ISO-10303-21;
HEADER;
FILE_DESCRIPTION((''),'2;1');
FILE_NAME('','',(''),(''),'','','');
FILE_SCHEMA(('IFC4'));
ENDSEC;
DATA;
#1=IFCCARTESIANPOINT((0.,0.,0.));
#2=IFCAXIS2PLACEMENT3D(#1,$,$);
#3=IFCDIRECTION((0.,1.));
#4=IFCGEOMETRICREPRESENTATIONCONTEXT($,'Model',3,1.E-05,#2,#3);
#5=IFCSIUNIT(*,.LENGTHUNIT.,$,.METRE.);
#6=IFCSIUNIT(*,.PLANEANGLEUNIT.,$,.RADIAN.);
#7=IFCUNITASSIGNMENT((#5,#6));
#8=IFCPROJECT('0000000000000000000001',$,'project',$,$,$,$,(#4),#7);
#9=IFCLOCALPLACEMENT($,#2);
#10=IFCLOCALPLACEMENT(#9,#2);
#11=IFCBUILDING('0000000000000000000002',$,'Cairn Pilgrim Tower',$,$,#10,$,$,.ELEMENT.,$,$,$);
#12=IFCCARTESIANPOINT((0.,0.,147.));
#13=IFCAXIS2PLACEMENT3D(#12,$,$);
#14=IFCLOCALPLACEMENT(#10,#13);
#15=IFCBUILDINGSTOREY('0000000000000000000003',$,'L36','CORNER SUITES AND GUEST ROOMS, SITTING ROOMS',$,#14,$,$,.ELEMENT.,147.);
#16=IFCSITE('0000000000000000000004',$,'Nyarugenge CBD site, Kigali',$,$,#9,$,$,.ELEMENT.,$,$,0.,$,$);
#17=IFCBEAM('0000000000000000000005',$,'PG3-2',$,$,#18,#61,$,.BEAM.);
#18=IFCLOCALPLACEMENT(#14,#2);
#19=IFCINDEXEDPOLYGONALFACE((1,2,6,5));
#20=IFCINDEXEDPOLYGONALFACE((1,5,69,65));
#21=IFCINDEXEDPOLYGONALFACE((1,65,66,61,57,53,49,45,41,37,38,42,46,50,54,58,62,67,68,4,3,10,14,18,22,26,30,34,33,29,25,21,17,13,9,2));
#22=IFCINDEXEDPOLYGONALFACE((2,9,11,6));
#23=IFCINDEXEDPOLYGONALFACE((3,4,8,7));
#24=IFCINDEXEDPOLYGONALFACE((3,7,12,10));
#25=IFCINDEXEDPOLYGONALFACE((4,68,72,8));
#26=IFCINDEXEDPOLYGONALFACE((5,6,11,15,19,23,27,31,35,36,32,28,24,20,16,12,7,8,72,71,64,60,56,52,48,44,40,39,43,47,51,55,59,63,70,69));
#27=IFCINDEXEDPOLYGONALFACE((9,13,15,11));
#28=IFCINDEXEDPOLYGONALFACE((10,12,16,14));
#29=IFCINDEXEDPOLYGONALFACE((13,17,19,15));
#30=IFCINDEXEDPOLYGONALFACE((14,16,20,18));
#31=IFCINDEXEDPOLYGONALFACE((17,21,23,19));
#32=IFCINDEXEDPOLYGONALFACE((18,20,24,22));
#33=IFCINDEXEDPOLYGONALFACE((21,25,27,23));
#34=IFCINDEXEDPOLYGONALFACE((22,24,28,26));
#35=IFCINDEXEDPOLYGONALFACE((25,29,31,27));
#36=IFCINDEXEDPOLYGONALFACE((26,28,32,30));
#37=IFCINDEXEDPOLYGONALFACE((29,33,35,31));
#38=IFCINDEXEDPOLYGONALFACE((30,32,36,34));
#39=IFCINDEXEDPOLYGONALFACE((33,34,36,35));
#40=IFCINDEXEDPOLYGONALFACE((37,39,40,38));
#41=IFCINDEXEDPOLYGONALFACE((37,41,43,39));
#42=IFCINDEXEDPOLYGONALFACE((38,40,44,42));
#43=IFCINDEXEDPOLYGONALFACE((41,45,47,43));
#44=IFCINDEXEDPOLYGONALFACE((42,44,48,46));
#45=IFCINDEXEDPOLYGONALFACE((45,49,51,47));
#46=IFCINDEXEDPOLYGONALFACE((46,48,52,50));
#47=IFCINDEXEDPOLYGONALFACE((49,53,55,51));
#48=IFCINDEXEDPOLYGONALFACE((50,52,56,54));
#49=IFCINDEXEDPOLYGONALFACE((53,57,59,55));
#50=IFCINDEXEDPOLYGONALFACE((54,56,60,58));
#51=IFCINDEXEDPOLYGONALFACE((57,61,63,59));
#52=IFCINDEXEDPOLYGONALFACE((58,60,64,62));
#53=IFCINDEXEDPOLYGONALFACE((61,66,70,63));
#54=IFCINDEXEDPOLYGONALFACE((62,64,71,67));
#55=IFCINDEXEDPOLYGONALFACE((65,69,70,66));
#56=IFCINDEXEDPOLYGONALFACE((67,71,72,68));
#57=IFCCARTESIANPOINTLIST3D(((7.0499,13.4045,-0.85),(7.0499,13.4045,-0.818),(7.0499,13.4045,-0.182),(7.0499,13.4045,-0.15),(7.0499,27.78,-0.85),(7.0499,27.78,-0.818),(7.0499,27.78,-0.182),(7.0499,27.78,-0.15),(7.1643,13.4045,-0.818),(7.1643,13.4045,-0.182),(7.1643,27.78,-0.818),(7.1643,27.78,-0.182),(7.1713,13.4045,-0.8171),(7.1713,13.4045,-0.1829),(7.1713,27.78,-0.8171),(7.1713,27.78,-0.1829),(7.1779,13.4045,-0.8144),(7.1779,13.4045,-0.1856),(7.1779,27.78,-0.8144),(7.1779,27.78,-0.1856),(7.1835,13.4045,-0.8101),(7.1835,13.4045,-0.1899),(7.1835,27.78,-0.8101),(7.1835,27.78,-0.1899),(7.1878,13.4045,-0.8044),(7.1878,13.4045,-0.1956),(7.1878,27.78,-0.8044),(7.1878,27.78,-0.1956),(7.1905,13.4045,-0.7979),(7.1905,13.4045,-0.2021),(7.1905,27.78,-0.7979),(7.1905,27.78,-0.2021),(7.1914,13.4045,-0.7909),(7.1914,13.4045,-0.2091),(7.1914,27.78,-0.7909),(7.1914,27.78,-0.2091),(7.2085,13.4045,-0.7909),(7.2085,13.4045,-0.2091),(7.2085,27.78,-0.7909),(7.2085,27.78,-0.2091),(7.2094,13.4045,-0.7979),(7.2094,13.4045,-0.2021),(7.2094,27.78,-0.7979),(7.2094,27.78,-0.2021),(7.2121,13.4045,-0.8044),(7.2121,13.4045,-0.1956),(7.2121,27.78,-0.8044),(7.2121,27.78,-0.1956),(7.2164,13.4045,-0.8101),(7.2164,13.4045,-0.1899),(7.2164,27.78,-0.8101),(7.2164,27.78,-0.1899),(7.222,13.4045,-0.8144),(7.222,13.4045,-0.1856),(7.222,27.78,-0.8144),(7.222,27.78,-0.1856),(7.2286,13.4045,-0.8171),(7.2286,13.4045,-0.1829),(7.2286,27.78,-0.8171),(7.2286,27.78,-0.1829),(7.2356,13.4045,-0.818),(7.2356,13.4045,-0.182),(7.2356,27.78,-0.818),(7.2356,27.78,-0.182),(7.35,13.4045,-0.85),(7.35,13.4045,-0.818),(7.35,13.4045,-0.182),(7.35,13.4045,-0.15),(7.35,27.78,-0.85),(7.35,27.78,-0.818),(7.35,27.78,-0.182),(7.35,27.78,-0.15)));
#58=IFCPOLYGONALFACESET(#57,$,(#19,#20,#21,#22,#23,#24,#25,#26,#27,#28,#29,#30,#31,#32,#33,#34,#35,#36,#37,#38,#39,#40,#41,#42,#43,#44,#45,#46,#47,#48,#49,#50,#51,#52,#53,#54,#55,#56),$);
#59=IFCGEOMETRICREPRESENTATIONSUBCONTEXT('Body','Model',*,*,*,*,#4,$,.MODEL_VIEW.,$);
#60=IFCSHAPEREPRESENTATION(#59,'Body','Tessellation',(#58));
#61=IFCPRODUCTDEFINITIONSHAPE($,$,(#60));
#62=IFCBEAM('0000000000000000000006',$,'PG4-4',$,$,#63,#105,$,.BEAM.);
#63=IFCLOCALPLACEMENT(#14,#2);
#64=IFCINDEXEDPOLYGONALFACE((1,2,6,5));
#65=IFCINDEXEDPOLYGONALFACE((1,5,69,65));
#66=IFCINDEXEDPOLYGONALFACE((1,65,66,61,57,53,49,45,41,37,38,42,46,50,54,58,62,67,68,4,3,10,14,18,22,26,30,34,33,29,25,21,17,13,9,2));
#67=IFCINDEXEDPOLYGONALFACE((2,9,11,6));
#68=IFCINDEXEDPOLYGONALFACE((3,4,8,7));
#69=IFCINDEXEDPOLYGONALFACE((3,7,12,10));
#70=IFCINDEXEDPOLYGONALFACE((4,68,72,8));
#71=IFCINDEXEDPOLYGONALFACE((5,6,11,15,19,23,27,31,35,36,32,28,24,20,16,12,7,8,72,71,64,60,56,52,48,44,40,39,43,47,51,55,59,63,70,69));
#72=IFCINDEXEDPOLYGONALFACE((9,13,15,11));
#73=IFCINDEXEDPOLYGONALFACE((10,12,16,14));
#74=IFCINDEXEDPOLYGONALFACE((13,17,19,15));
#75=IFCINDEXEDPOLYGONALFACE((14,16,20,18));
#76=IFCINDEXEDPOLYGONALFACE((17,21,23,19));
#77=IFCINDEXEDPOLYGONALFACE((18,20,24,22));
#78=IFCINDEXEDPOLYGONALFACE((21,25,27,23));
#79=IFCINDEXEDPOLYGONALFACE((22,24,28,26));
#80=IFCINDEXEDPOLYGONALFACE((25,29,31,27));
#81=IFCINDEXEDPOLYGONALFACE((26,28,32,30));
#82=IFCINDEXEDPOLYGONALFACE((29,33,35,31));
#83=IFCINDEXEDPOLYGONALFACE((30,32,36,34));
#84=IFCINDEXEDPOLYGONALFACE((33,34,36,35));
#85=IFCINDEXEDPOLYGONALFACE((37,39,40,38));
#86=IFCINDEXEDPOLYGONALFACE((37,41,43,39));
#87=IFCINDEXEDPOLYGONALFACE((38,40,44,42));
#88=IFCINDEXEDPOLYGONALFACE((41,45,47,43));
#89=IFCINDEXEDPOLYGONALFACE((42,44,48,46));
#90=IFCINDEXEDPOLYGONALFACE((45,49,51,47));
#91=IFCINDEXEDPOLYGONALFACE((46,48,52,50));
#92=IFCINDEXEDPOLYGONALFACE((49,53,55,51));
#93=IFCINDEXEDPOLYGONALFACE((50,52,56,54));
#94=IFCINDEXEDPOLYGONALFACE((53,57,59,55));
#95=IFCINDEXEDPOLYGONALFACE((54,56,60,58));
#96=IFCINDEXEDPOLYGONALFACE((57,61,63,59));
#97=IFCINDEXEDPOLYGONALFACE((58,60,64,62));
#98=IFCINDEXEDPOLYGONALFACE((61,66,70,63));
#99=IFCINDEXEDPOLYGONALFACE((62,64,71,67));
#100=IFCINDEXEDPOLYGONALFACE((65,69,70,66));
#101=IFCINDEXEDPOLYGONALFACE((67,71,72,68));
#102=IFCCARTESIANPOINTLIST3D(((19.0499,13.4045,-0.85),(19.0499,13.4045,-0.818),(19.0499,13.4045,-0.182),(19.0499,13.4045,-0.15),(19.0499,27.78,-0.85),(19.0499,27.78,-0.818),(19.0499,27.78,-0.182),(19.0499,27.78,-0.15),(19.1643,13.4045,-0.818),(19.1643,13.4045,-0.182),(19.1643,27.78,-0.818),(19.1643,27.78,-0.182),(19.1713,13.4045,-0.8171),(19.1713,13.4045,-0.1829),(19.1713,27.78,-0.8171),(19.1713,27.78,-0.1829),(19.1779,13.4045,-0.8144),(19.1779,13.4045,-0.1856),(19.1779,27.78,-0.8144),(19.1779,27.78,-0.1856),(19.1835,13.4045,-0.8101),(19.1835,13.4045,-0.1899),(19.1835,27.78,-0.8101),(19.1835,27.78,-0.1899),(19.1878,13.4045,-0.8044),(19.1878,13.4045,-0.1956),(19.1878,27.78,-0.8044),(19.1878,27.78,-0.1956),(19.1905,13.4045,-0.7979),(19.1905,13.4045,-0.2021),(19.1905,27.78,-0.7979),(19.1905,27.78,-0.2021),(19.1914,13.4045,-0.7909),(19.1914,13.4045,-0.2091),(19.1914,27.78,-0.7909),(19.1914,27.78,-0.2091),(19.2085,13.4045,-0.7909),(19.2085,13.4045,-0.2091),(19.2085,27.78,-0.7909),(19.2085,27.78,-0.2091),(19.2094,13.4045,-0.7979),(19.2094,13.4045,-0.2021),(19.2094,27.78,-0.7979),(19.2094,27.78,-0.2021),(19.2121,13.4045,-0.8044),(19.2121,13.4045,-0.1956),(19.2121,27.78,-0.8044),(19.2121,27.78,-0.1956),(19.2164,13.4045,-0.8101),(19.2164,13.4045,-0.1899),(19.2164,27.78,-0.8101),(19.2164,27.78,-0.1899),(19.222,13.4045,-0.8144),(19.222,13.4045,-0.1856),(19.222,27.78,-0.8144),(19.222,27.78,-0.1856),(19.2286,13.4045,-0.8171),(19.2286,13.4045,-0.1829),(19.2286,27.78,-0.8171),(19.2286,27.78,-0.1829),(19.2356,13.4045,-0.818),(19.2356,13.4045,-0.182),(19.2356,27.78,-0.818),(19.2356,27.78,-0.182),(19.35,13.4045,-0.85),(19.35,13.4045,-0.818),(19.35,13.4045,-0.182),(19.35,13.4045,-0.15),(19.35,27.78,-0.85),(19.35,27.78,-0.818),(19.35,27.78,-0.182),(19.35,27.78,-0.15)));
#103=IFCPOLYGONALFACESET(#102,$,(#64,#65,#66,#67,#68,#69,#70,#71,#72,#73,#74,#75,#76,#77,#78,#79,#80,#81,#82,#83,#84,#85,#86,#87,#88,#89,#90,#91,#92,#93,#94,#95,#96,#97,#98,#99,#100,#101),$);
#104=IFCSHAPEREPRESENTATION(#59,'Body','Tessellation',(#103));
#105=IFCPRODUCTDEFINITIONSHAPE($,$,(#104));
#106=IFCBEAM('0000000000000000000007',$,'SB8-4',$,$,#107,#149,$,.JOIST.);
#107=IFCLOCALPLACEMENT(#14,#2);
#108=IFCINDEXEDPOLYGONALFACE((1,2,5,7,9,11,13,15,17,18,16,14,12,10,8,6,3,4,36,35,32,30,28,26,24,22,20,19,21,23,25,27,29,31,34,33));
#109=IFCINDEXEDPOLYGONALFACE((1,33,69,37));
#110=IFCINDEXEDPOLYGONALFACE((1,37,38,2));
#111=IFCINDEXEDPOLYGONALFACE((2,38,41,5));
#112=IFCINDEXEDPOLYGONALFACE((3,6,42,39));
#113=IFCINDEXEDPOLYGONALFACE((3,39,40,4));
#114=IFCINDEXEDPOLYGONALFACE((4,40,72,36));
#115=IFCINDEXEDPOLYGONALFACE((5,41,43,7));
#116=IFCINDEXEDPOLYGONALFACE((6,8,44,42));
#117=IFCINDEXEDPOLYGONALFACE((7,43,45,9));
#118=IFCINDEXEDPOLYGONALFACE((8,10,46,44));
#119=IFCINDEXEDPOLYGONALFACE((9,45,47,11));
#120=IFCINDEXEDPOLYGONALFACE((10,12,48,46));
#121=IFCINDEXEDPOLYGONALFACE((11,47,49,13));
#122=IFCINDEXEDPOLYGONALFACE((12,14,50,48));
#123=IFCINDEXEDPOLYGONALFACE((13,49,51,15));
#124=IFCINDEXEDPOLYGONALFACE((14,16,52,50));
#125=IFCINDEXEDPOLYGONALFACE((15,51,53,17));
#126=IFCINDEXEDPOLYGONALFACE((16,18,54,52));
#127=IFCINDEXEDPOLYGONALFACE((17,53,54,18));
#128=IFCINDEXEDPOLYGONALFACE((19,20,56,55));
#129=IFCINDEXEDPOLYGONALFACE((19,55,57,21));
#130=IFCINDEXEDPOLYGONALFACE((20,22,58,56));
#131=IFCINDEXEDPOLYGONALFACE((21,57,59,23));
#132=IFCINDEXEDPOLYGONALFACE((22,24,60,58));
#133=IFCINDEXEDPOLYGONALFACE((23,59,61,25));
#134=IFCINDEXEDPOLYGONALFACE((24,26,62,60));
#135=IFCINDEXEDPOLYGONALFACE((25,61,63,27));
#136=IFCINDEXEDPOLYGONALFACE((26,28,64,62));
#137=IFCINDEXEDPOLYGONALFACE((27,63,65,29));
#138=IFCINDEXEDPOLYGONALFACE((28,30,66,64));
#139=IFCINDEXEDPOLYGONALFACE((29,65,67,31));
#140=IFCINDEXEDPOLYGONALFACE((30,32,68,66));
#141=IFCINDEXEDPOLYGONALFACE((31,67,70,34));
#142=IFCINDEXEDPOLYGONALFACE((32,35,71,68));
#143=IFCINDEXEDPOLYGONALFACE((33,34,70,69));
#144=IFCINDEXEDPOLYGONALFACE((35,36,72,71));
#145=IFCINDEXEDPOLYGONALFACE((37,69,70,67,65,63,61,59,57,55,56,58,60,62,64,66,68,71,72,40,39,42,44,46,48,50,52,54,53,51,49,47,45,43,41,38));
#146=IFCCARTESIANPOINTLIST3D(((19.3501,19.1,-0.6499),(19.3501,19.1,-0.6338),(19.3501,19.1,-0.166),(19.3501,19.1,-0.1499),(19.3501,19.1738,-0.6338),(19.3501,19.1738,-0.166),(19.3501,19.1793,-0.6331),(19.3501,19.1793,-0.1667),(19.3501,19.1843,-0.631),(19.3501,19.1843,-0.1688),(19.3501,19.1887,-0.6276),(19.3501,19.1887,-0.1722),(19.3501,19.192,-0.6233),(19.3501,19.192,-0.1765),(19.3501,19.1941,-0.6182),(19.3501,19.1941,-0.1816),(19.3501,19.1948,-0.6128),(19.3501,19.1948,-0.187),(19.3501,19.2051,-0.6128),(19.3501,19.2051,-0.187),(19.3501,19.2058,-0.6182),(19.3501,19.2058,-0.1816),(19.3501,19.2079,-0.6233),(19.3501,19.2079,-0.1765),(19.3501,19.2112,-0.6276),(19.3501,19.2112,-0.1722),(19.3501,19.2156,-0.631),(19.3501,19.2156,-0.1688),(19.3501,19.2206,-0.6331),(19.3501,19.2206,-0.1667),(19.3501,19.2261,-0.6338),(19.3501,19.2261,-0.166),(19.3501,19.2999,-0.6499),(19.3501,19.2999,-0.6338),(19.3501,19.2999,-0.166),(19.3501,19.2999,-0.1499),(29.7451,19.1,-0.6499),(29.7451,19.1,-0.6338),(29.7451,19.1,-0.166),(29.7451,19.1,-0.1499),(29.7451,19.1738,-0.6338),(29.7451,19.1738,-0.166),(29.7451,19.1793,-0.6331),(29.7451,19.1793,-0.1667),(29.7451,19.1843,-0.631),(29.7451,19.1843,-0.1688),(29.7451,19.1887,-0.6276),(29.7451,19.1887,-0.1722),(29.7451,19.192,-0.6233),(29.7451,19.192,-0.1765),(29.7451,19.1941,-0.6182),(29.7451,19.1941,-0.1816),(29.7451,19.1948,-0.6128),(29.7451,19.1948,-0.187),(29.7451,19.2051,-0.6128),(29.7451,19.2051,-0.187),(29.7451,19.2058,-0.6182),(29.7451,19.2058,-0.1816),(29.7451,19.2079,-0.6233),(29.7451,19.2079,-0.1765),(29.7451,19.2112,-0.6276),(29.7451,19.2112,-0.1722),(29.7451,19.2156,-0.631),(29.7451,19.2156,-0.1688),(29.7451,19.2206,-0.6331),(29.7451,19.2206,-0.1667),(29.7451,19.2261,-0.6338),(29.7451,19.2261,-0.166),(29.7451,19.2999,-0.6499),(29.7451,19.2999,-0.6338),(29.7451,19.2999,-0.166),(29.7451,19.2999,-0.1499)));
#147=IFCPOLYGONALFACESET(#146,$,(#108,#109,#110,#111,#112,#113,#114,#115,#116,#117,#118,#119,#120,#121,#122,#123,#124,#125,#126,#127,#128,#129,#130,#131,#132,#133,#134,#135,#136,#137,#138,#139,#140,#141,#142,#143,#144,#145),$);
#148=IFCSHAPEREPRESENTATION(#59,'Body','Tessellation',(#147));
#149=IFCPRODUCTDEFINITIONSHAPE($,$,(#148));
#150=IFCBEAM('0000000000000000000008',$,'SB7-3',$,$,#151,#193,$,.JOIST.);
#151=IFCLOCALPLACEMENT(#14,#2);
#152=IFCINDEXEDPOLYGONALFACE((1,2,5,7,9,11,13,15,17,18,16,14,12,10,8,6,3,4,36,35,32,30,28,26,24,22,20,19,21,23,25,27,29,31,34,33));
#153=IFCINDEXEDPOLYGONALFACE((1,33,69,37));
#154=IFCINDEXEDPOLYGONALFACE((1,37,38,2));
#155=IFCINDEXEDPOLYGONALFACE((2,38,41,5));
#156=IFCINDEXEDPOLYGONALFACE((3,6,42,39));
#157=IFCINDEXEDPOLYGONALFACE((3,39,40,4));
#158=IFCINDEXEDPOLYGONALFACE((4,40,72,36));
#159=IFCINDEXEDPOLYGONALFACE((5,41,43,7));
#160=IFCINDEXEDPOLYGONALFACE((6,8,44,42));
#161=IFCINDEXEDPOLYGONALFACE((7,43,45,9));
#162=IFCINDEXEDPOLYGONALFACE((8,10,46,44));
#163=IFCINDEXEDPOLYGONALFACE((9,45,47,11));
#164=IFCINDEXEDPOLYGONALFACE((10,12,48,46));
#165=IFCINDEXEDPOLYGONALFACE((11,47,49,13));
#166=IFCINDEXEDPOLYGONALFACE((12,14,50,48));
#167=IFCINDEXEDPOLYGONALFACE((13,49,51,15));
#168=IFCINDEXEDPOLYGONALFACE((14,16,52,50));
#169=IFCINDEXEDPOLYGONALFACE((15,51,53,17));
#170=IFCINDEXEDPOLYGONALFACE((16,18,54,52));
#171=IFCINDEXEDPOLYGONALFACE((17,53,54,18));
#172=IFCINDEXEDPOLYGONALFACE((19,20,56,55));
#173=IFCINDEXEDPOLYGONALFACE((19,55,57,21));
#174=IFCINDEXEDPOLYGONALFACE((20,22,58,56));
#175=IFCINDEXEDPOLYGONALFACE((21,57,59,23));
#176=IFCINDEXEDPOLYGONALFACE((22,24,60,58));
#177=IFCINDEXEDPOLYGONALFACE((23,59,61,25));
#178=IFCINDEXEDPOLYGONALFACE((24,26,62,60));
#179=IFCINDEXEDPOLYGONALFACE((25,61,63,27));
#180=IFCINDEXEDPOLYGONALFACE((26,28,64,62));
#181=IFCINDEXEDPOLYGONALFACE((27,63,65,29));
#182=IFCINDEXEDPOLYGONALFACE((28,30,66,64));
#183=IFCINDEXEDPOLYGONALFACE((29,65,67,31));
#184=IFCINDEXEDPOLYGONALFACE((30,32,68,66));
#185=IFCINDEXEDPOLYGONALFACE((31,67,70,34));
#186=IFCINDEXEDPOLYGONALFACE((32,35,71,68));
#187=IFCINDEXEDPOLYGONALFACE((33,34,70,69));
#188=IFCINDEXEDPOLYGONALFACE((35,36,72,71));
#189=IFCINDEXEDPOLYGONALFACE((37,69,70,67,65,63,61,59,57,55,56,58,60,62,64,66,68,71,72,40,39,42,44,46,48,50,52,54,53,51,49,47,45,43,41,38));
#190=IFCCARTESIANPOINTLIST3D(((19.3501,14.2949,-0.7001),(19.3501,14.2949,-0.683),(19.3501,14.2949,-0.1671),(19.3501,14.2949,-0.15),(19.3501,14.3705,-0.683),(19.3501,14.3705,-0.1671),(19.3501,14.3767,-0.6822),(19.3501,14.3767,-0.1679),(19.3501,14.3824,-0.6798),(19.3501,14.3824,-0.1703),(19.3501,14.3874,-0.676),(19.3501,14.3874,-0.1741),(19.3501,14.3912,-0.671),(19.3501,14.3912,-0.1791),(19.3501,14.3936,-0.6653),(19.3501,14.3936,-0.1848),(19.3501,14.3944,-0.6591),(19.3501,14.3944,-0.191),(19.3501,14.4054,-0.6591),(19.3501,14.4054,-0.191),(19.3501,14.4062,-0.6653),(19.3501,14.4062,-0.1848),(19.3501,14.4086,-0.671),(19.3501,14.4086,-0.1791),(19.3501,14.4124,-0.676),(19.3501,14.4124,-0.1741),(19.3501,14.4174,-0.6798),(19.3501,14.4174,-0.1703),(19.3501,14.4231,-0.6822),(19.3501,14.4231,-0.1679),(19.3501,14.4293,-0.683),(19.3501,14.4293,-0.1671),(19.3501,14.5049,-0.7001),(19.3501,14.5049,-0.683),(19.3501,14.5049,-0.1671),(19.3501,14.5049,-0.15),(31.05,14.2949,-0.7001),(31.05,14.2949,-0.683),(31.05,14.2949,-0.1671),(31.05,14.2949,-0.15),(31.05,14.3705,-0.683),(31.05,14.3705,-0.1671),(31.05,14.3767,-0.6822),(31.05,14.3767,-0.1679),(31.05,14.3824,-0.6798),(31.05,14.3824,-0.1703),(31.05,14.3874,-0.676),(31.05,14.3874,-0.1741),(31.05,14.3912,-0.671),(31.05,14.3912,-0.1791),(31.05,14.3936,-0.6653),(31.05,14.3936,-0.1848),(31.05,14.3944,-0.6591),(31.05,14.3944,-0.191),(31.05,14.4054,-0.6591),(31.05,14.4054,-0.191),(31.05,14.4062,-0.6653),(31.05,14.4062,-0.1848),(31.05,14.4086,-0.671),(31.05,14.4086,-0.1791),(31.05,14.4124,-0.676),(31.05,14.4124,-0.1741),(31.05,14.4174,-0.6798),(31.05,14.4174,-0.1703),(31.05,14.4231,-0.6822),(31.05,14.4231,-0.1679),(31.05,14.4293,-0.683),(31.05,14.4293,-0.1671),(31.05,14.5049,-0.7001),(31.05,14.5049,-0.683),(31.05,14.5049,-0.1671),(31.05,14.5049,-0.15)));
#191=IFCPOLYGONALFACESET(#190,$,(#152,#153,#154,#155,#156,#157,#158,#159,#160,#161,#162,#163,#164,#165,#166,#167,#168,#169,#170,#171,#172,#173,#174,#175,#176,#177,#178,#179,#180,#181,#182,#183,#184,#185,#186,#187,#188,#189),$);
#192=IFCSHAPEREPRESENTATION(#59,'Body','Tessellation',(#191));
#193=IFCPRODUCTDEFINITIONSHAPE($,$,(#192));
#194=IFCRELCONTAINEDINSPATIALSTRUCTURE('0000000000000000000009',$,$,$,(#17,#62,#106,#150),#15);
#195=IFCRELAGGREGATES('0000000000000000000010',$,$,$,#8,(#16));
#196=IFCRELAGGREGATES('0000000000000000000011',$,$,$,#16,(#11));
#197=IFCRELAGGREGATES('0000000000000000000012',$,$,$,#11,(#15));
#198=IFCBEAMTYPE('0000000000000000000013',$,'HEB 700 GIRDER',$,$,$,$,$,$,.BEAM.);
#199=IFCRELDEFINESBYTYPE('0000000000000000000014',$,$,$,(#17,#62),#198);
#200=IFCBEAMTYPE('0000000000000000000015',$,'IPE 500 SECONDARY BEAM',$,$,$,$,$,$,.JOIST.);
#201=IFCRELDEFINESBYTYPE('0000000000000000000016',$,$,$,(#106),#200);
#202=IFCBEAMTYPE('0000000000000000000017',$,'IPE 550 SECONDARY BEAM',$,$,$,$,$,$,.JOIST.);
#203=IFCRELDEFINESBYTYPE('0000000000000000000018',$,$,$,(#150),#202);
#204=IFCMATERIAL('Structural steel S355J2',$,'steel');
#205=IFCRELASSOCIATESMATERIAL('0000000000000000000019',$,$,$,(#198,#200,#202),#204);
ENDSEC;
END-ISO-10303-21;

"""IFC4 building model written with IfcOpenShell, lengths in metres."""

from ifc_helpers import new_model, si_unit, direction, frame, origin, origin_2d, place, context, subcontext, project, spatial, i_section, extrude, material, material_profile, profile_set, type_object, element, save


model = new_model("IFC4")

# Units and contexts
model_context = context("Model", 3, precision=1e-05, world=origin(), true_north=direction((0.0, 1.0)))
body_context = subcontext(model_context, "Body", "Model", "MODEL_VIEW")
ifc_project = project(units=[si_unit("LENGTHUNIT", "METRE"), si_unit("PLANEANGLEUNIT", "RADIAN")], contexts=[model_context])

# Site, building, storey
site_placement = place(None, origin())
site = spatial("IfcSite", under=ifc_project, at=site_placement, Name="Nyarugenge CBD site, Kigali", CompositionType="ELEMENT", RefElevation=0.0)
building_placement = place(site_placement, origin())
building = spatial("IfcBuilding", under=site, at=building_placement, Name="Cairn Pilgrim Tower", CompositionType="ELEMENT")
storey_placement = place(building_placement, frame((0.0, 0.0, 147.0)))
storey = spatial("IfcBuildingStorey", under=building, at=storey_placement, Name="L36", Description="CORNER SUITES AND GUEST ROOMS, SITTING ROOMS", CompositionType="ELEMENT", Elevation=147.0)

# Beams
ifc_material_1 = material(Name="Structural steel S355J2", Category="steel")
ifc_material_profile_1 = material_profile(ifc_material_1, i_section(OverallWidth=0.3, OverallDepth=0.7, WebThickness=0.0171, FlangeThickness=0.032, FilletRadius=0.0271, at=origin_2d()), Name="HEB 700")
ifc_profile_set_1 = profile_set([ifc_material_profile_1], Name="Structural steel S355J2")
beam_type_1 = type_object("IfcBeamType", Name="HEB 700 GIRDER", PredefinedType="BEAM", material=ifc_profile_set_1)
for number, where, z_axis, x_axis, name in (
    (1, (7.2, 13.4045, -0.5), (0.0, 1.0, 0.0), (-1.0, 0.0, 0.0), "PG3-2"),
    (2, (19.2, 13.4045, -0.5), (0.0, 1.0, 0.0), (-1.0, 0.0, 0.0), "PG4-4"),
):
    element("IfcBeam", number, at=place(storey_placement, frame(where, z_axis=z_axis, x_axis=x_axis)), inside=storey, type_object=beam_type_1, Name=name, PredefinedType="BEAM", context=body_context, shape_type="SweptSolid", body=[
        extrude(i_section(OverallWidth=0.3, OverallDepth=0.7, WebThickness=0.0171, FlangeThickness=0.032, FilletRadius=0.0271, at=origin_2d()), origin(), (0.0, 0.0, 1.0), 14.3755),
    ])
ifc_material_profile_2 = material_profile(ifc_material_1, i_section(OverallWidth=0.2, OverallDepth=0.5, WebThickness=0.0103, FlangeThickness=0.0161, FilletRadius=0.021, at=origin_2d()), Name="IPE 500")
ifc_profile_set_2 = profile_set([ifc_material_profile_2], Name="Structural steel S355J2")
beam_type_2 = type_object("IfcBeamType", Name="IPE 500 SECONDARY BEAM", PredefinedType="JOIST", material=ifc_profile_set_2)
beam_1_placement = place(storey_placement, frame((19.3501, 19.2, -0.3999), z_axis=(1.0, 0.0, 0.0), x_axis=(0.0, 1.0, 0.0)))
element("IfcBeam", 3, at=beam_1_placement, inside=storey, type_object=beam_type_2, Name="SB8-4", PredefinedType="JOIST", context=body_context, shape_type="SweptSolid", body=[
    extrude(i_section(OverallWidth=0.2, OverallDepth=0.5, WebThickness=0.0103, FlangeThickness=0.0161, FilletRadius=0.021, at=origin_2d()), origin(), (0.0, 0.0, 1.0), 10.395),
])
ifc_material_profile_3 = material_profile(ifc_material_1, i_section(OverallWidth=0.21, OverallDepth=0.55, WebThickness=0.011, FlangeThickness=0.0171, FilletRadius=0.0239, at=origin_2d()), Name="IPE 550")
ifc_profile_set_3 = profile_set([ifc_material_profile_3], Name="Structural steel S355J2")
beam_type_3 = type_object("IfcBeamType", Name="IPE 550 SECONDARY BEAM", PredefinedType="JOIST", material=ifc_profile_set_3)
for number, where, z_axis, x_axis, name in (
    (4, (19.3501, 14.3999, -0.425), (1.0, 0.0, 0.0), (0.0, 1.0, 0.0), "SB7-3"),
):
    element("IfcBeam", number, at=place(storey_placement, frame(where, z_axis=z_axis, x_axis=x_axis)), inside=storey, type_object=beam_type_3, Name=name, PredefinedType="JOIST", context=body_context, shape_type="SweptSolid", body=[
        extrude(i_section(OverallWidth=0.21, OverallDepth=0.55, WebThickness=0.011, FlangeThickness=0.0171, FilletRadius=0.0239, at=origin_2d()), origin(), (0.0, 0.0, 1.0), 11.7),
    ])

save(model, "model.ifc")
